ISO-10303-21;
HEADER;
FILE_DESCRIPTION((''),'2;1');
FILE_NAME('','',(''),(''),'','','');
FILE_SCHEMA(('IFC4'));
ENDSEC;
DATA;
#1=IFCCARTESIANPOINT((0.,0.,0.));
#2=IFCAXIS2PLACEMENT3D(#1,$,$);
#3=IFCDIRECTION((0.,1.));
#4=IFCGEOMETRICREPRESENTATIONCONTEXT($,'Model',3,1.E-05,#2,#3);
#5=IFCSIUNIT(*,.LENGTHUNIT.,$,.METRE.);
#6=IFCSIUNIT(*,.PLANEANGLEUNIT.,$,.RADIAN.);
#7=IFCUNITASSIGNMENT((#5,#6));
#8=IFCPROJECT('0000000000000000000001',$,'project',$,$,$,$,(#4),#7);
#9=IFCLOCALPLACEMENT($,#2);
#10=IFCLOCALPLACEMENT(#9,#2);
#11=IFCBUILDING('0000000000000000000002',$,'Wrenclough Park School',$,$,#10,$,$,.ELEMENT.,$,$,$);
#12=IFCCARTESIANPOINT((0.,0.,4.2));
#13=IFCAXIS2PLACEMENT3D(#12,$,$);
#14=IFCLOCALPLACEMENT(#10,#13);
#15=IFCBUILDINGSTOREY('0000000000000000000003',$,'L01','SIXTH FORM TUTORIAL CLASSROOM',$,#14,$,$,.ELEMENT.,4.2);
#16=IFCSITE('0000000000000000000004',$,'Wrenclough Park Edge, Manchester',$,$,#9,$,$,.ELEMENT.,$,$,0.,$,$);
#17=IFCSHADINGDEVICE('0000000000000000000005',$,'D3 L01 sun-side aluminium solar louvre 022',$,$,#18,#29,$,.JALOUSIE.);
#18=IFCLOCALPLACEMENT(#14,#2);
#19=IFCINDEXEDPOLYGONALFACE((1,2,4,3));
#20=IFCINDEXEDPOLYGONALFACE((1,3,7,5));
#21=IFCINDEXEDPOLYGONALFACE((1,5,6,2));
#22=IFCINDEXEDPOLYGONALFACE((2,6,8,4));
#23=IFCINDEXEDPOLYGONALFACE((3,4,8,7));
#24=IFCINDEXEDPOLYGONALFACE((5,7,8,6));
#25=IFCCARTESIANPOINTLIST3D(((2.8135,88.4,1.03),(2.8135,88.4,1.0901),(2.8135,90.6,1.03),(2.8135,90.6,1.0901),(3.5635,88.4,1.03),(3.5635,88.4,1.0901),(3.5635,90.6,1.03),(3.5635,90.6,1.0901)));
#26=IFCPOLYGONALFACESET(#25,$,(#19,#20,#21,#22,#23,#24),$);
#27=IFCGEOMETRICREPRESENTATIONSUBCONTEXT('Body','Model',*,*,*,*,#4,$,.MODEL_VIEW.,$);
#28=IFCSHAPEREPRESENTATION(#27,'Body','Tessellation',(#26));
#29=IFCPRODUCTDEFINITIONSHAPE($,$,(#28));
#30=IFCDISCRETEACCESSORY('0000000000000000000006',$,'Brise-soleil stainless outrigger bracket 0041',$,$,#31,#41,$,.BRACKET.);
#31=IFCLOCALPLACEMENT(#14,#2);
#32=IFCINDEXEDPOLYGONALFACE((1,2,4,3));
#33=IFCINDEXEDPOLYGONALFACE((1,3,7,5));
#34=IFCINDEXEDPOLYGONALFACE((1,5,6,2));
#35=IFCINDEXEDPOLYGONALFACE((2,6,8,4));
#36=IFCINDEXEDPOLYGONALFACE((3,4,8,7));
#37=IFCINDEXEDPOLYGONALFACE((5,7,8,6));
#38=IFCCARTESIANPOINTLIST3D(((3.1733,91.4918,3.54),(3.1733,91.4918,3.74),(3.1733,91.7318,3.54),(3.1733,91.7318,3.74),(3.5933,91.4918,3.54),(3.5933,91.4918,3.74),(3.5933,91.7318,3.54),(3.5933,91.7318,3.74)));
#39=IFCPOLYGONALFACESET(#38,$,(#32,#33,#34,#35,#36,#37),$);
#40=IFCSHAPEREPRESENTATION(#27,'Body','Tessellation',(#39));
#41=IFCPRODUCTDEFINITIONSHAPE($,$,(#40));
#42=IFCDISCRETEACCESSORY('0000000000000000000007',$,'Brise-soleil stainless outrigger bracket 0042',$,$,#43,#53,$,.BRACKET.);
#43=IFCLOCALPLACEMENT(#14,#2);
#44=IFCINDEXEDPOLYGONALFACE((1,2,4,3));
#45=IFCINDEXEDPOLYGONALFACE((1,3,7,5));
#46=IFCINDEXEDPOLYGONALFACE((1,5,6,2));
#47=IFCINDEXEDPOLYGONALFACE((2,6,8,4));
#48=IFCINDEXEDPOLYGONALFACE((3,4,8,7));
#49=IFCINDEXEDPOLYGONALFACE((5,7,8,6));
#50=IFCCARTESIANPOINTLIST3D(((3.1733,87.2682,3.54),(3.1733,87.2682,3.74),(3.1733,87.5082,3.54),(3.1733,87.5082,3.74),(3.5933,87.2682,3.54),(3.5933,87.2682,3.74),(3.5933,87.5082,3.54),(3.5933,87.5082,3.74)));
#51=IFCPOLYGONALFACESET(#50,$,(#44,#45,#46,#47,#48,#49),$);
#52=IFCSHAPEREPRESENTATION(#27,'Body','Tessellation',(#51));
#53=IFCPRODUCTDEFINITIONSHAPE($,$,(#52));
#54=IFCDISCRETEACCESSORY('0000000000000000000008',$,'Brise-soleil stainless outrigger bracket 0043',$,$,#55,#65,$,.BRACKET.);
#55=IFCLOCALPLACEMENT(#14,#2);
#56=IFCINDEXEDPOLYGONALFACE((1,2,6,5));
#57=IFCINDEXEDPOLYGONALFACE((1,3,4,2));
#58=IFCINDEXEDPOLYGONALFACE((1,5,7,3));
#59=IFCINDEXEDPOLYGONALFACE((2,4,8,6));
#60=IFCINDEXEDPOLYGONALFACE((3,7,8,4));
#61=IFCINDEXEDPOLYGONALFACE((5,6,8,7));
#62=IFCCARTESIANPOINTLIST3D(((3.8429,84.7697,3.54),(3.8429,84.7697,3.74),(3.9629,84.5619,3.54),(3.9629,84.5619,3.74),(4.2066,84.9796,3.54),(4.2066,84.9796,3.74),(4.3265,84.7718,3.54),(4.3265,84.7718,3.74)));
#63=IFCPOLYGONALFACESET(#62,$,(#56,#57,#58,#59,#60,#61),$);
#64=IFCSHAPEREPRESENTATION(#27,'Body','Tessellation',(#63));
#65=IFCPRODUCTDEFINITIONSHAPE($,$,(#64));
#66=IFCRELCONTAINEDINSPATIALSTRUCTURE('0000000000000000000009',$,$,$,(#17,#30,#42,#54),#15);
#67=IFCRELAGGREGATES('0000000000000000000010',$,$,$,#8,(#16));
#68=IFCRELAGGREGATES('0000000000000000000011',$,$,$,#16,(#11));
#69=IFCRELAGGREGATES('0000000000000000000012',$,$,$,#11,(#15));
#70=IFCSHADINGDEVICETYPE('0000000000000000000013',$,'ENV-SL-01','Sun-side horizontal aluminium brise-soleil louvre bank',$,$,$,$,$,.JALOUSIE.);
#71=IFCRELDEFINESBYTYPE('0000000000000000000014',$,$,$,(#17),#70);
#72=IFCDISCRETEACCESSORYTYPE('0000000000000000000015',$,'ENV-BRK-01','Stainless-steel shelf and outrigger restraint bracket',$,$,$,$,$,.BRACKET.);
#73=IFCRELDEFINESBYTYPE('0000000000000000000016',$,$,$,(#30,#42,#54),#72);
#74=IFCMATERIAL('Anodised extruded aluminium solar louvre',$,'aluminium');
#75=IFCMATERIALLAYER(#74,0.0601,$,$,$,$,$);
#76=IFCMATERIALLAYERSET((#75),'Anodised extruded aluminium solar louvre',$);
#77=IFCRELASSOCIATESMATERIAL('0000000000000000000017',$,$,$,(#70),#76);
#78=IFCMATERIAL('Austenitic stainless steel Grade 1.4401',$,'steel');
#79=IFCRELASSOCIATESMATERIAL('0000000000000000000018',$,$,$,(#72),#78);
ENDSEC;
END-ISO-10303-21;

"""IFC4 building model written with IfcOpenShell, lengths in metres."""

from ifc_helpers import new_model, si_unit, direction, frame, origin, origin_2d, place, context, subcontext, project, spatial, rectangle, extrude, material, layer, layer_set, type_object, element, save


model = new_model("IFC4")

# Units and contexts
model_context = context("Model", 3, precision=1e-05, world=origin(), true_north=direction((0.0, 1.0)))
body_context = subcontext(model_context, "Body", "Model", "MODEL_VIEW")
ifc_project = project(units=[si_unit("LENGTHUNIT", "METRE"), si_unit("PLANEANGLEUNIT", "RADIAN")], contexts=[model_context])

# Site, building, storey
site_placement = place(None, origin())
site = spatial("IfcSite", under=ifc_project, at=site_placement, Name="Wrenclough Park Edge, Manchester", CompositionType="ELEMENT", RefElevation=0.0)
building_placement = place(site_placement, origin())
building = spatial("IfcBuilding", under=site, at=building_placement, Name="Wrenclough Park School", CompositionType="ELEMENT")
storey_placement = place(building_placement, frame((0.0, 0.0, 4.2)))
storey = spatial("IfcBuildingStorey", under=building, at=storey_placement, Name="L01", Description="SIXTH FORM TUTORIAL CLASSROOM", CompositionType="ELEMENT", Elevation=4.2)

# Shading device
ifc_material_1 = material(Name="Anodised extruded aluminium solar louvre", Category="aluminium")
ifc_layer_1 = layer(ifc_material_1, 0.0601)
ifc_layer_set_1 = layer_set([ifc_layer_1], Name="Anodised extruded aluminium solar louvre")
shading_device_type = type_object("IfcShadingDeviceType", Name="ENV-SL-01", Description="Sun-side horizontal aluminium brise-soleil louvre bank", PredefinedType="JALOUSIE", material=ifc_layer_set_1)
shading_device_placement = place(storey_placement, frame((3.1885, 89.5, 1.03), z_axis=(0.0, 0.0, 1.0), x_axis=(0.0, -1.0, 0.0)))
element("IfcShadingDevice", 1, at=shading_device_placement, inside=storey, type_object=shading_device_type, Name="D3 L01 sun-side aluminium solar louvre 022", PredefinedType="JALOUSIE", context=body_context, shape_type="SweptSolid", body=[
    extrude(rectangle(XDim=2.2, YDim=0.75, at=origin_2d()), origin(), (0.0, 0.0, 1.0), 0.0601),
])

# Discrete accessories
ifc_material_2 = material(Name="Austenitic stainless steel Grade 1.4401", Category="steel")
discrete_accessory_type = type_object("IfcDiscreteAccessoryType", Name="ENV-BRK-01", Description="Stainless-steel shelf and outrigger restraint bracket", PredefinedType="BRACKET", material=ifc_material_2)
for number, where, z_axis, x_axis, name in (
    (2, (3.3833, 91.6118, 3.54), (0.0, 0.0, 1.0), (0.0, -1.0, 0.0), "Brise-soleil stainless outrigger bracket 0041"),
    (3, (3.3833, 87.3882, 3.54), (0.0, 0.0, 1.0), (0.0, -1.0, 0.0), "Brise-soleil stainless outrigger bracket 0042"),
    (4, (4.0847, 84.7708, 3.54), (0.0, 0.0, 1.0), (0.499991, -0.866031, 0.0), "Brise-soleil stainless outrigger bracket 0043"),
):
    element("IfcDiscreteAccessory", number, at=place(storey_placement, frame(where, z_axis=z_axis, x_axis=x_axis)), inside=storey, type_object=discrete_accessory_type, Name=name, PredefinedType="BRACKET", context=body_context, shape_type="SweptSolid", body=[
        extrude(rectangle(XDim=0.24, YDim=0.4199, at=origin_2d()), origin(), (0.0, 0.0, 1.0), 0.2),
    ])

save(model, "model.ifc")
